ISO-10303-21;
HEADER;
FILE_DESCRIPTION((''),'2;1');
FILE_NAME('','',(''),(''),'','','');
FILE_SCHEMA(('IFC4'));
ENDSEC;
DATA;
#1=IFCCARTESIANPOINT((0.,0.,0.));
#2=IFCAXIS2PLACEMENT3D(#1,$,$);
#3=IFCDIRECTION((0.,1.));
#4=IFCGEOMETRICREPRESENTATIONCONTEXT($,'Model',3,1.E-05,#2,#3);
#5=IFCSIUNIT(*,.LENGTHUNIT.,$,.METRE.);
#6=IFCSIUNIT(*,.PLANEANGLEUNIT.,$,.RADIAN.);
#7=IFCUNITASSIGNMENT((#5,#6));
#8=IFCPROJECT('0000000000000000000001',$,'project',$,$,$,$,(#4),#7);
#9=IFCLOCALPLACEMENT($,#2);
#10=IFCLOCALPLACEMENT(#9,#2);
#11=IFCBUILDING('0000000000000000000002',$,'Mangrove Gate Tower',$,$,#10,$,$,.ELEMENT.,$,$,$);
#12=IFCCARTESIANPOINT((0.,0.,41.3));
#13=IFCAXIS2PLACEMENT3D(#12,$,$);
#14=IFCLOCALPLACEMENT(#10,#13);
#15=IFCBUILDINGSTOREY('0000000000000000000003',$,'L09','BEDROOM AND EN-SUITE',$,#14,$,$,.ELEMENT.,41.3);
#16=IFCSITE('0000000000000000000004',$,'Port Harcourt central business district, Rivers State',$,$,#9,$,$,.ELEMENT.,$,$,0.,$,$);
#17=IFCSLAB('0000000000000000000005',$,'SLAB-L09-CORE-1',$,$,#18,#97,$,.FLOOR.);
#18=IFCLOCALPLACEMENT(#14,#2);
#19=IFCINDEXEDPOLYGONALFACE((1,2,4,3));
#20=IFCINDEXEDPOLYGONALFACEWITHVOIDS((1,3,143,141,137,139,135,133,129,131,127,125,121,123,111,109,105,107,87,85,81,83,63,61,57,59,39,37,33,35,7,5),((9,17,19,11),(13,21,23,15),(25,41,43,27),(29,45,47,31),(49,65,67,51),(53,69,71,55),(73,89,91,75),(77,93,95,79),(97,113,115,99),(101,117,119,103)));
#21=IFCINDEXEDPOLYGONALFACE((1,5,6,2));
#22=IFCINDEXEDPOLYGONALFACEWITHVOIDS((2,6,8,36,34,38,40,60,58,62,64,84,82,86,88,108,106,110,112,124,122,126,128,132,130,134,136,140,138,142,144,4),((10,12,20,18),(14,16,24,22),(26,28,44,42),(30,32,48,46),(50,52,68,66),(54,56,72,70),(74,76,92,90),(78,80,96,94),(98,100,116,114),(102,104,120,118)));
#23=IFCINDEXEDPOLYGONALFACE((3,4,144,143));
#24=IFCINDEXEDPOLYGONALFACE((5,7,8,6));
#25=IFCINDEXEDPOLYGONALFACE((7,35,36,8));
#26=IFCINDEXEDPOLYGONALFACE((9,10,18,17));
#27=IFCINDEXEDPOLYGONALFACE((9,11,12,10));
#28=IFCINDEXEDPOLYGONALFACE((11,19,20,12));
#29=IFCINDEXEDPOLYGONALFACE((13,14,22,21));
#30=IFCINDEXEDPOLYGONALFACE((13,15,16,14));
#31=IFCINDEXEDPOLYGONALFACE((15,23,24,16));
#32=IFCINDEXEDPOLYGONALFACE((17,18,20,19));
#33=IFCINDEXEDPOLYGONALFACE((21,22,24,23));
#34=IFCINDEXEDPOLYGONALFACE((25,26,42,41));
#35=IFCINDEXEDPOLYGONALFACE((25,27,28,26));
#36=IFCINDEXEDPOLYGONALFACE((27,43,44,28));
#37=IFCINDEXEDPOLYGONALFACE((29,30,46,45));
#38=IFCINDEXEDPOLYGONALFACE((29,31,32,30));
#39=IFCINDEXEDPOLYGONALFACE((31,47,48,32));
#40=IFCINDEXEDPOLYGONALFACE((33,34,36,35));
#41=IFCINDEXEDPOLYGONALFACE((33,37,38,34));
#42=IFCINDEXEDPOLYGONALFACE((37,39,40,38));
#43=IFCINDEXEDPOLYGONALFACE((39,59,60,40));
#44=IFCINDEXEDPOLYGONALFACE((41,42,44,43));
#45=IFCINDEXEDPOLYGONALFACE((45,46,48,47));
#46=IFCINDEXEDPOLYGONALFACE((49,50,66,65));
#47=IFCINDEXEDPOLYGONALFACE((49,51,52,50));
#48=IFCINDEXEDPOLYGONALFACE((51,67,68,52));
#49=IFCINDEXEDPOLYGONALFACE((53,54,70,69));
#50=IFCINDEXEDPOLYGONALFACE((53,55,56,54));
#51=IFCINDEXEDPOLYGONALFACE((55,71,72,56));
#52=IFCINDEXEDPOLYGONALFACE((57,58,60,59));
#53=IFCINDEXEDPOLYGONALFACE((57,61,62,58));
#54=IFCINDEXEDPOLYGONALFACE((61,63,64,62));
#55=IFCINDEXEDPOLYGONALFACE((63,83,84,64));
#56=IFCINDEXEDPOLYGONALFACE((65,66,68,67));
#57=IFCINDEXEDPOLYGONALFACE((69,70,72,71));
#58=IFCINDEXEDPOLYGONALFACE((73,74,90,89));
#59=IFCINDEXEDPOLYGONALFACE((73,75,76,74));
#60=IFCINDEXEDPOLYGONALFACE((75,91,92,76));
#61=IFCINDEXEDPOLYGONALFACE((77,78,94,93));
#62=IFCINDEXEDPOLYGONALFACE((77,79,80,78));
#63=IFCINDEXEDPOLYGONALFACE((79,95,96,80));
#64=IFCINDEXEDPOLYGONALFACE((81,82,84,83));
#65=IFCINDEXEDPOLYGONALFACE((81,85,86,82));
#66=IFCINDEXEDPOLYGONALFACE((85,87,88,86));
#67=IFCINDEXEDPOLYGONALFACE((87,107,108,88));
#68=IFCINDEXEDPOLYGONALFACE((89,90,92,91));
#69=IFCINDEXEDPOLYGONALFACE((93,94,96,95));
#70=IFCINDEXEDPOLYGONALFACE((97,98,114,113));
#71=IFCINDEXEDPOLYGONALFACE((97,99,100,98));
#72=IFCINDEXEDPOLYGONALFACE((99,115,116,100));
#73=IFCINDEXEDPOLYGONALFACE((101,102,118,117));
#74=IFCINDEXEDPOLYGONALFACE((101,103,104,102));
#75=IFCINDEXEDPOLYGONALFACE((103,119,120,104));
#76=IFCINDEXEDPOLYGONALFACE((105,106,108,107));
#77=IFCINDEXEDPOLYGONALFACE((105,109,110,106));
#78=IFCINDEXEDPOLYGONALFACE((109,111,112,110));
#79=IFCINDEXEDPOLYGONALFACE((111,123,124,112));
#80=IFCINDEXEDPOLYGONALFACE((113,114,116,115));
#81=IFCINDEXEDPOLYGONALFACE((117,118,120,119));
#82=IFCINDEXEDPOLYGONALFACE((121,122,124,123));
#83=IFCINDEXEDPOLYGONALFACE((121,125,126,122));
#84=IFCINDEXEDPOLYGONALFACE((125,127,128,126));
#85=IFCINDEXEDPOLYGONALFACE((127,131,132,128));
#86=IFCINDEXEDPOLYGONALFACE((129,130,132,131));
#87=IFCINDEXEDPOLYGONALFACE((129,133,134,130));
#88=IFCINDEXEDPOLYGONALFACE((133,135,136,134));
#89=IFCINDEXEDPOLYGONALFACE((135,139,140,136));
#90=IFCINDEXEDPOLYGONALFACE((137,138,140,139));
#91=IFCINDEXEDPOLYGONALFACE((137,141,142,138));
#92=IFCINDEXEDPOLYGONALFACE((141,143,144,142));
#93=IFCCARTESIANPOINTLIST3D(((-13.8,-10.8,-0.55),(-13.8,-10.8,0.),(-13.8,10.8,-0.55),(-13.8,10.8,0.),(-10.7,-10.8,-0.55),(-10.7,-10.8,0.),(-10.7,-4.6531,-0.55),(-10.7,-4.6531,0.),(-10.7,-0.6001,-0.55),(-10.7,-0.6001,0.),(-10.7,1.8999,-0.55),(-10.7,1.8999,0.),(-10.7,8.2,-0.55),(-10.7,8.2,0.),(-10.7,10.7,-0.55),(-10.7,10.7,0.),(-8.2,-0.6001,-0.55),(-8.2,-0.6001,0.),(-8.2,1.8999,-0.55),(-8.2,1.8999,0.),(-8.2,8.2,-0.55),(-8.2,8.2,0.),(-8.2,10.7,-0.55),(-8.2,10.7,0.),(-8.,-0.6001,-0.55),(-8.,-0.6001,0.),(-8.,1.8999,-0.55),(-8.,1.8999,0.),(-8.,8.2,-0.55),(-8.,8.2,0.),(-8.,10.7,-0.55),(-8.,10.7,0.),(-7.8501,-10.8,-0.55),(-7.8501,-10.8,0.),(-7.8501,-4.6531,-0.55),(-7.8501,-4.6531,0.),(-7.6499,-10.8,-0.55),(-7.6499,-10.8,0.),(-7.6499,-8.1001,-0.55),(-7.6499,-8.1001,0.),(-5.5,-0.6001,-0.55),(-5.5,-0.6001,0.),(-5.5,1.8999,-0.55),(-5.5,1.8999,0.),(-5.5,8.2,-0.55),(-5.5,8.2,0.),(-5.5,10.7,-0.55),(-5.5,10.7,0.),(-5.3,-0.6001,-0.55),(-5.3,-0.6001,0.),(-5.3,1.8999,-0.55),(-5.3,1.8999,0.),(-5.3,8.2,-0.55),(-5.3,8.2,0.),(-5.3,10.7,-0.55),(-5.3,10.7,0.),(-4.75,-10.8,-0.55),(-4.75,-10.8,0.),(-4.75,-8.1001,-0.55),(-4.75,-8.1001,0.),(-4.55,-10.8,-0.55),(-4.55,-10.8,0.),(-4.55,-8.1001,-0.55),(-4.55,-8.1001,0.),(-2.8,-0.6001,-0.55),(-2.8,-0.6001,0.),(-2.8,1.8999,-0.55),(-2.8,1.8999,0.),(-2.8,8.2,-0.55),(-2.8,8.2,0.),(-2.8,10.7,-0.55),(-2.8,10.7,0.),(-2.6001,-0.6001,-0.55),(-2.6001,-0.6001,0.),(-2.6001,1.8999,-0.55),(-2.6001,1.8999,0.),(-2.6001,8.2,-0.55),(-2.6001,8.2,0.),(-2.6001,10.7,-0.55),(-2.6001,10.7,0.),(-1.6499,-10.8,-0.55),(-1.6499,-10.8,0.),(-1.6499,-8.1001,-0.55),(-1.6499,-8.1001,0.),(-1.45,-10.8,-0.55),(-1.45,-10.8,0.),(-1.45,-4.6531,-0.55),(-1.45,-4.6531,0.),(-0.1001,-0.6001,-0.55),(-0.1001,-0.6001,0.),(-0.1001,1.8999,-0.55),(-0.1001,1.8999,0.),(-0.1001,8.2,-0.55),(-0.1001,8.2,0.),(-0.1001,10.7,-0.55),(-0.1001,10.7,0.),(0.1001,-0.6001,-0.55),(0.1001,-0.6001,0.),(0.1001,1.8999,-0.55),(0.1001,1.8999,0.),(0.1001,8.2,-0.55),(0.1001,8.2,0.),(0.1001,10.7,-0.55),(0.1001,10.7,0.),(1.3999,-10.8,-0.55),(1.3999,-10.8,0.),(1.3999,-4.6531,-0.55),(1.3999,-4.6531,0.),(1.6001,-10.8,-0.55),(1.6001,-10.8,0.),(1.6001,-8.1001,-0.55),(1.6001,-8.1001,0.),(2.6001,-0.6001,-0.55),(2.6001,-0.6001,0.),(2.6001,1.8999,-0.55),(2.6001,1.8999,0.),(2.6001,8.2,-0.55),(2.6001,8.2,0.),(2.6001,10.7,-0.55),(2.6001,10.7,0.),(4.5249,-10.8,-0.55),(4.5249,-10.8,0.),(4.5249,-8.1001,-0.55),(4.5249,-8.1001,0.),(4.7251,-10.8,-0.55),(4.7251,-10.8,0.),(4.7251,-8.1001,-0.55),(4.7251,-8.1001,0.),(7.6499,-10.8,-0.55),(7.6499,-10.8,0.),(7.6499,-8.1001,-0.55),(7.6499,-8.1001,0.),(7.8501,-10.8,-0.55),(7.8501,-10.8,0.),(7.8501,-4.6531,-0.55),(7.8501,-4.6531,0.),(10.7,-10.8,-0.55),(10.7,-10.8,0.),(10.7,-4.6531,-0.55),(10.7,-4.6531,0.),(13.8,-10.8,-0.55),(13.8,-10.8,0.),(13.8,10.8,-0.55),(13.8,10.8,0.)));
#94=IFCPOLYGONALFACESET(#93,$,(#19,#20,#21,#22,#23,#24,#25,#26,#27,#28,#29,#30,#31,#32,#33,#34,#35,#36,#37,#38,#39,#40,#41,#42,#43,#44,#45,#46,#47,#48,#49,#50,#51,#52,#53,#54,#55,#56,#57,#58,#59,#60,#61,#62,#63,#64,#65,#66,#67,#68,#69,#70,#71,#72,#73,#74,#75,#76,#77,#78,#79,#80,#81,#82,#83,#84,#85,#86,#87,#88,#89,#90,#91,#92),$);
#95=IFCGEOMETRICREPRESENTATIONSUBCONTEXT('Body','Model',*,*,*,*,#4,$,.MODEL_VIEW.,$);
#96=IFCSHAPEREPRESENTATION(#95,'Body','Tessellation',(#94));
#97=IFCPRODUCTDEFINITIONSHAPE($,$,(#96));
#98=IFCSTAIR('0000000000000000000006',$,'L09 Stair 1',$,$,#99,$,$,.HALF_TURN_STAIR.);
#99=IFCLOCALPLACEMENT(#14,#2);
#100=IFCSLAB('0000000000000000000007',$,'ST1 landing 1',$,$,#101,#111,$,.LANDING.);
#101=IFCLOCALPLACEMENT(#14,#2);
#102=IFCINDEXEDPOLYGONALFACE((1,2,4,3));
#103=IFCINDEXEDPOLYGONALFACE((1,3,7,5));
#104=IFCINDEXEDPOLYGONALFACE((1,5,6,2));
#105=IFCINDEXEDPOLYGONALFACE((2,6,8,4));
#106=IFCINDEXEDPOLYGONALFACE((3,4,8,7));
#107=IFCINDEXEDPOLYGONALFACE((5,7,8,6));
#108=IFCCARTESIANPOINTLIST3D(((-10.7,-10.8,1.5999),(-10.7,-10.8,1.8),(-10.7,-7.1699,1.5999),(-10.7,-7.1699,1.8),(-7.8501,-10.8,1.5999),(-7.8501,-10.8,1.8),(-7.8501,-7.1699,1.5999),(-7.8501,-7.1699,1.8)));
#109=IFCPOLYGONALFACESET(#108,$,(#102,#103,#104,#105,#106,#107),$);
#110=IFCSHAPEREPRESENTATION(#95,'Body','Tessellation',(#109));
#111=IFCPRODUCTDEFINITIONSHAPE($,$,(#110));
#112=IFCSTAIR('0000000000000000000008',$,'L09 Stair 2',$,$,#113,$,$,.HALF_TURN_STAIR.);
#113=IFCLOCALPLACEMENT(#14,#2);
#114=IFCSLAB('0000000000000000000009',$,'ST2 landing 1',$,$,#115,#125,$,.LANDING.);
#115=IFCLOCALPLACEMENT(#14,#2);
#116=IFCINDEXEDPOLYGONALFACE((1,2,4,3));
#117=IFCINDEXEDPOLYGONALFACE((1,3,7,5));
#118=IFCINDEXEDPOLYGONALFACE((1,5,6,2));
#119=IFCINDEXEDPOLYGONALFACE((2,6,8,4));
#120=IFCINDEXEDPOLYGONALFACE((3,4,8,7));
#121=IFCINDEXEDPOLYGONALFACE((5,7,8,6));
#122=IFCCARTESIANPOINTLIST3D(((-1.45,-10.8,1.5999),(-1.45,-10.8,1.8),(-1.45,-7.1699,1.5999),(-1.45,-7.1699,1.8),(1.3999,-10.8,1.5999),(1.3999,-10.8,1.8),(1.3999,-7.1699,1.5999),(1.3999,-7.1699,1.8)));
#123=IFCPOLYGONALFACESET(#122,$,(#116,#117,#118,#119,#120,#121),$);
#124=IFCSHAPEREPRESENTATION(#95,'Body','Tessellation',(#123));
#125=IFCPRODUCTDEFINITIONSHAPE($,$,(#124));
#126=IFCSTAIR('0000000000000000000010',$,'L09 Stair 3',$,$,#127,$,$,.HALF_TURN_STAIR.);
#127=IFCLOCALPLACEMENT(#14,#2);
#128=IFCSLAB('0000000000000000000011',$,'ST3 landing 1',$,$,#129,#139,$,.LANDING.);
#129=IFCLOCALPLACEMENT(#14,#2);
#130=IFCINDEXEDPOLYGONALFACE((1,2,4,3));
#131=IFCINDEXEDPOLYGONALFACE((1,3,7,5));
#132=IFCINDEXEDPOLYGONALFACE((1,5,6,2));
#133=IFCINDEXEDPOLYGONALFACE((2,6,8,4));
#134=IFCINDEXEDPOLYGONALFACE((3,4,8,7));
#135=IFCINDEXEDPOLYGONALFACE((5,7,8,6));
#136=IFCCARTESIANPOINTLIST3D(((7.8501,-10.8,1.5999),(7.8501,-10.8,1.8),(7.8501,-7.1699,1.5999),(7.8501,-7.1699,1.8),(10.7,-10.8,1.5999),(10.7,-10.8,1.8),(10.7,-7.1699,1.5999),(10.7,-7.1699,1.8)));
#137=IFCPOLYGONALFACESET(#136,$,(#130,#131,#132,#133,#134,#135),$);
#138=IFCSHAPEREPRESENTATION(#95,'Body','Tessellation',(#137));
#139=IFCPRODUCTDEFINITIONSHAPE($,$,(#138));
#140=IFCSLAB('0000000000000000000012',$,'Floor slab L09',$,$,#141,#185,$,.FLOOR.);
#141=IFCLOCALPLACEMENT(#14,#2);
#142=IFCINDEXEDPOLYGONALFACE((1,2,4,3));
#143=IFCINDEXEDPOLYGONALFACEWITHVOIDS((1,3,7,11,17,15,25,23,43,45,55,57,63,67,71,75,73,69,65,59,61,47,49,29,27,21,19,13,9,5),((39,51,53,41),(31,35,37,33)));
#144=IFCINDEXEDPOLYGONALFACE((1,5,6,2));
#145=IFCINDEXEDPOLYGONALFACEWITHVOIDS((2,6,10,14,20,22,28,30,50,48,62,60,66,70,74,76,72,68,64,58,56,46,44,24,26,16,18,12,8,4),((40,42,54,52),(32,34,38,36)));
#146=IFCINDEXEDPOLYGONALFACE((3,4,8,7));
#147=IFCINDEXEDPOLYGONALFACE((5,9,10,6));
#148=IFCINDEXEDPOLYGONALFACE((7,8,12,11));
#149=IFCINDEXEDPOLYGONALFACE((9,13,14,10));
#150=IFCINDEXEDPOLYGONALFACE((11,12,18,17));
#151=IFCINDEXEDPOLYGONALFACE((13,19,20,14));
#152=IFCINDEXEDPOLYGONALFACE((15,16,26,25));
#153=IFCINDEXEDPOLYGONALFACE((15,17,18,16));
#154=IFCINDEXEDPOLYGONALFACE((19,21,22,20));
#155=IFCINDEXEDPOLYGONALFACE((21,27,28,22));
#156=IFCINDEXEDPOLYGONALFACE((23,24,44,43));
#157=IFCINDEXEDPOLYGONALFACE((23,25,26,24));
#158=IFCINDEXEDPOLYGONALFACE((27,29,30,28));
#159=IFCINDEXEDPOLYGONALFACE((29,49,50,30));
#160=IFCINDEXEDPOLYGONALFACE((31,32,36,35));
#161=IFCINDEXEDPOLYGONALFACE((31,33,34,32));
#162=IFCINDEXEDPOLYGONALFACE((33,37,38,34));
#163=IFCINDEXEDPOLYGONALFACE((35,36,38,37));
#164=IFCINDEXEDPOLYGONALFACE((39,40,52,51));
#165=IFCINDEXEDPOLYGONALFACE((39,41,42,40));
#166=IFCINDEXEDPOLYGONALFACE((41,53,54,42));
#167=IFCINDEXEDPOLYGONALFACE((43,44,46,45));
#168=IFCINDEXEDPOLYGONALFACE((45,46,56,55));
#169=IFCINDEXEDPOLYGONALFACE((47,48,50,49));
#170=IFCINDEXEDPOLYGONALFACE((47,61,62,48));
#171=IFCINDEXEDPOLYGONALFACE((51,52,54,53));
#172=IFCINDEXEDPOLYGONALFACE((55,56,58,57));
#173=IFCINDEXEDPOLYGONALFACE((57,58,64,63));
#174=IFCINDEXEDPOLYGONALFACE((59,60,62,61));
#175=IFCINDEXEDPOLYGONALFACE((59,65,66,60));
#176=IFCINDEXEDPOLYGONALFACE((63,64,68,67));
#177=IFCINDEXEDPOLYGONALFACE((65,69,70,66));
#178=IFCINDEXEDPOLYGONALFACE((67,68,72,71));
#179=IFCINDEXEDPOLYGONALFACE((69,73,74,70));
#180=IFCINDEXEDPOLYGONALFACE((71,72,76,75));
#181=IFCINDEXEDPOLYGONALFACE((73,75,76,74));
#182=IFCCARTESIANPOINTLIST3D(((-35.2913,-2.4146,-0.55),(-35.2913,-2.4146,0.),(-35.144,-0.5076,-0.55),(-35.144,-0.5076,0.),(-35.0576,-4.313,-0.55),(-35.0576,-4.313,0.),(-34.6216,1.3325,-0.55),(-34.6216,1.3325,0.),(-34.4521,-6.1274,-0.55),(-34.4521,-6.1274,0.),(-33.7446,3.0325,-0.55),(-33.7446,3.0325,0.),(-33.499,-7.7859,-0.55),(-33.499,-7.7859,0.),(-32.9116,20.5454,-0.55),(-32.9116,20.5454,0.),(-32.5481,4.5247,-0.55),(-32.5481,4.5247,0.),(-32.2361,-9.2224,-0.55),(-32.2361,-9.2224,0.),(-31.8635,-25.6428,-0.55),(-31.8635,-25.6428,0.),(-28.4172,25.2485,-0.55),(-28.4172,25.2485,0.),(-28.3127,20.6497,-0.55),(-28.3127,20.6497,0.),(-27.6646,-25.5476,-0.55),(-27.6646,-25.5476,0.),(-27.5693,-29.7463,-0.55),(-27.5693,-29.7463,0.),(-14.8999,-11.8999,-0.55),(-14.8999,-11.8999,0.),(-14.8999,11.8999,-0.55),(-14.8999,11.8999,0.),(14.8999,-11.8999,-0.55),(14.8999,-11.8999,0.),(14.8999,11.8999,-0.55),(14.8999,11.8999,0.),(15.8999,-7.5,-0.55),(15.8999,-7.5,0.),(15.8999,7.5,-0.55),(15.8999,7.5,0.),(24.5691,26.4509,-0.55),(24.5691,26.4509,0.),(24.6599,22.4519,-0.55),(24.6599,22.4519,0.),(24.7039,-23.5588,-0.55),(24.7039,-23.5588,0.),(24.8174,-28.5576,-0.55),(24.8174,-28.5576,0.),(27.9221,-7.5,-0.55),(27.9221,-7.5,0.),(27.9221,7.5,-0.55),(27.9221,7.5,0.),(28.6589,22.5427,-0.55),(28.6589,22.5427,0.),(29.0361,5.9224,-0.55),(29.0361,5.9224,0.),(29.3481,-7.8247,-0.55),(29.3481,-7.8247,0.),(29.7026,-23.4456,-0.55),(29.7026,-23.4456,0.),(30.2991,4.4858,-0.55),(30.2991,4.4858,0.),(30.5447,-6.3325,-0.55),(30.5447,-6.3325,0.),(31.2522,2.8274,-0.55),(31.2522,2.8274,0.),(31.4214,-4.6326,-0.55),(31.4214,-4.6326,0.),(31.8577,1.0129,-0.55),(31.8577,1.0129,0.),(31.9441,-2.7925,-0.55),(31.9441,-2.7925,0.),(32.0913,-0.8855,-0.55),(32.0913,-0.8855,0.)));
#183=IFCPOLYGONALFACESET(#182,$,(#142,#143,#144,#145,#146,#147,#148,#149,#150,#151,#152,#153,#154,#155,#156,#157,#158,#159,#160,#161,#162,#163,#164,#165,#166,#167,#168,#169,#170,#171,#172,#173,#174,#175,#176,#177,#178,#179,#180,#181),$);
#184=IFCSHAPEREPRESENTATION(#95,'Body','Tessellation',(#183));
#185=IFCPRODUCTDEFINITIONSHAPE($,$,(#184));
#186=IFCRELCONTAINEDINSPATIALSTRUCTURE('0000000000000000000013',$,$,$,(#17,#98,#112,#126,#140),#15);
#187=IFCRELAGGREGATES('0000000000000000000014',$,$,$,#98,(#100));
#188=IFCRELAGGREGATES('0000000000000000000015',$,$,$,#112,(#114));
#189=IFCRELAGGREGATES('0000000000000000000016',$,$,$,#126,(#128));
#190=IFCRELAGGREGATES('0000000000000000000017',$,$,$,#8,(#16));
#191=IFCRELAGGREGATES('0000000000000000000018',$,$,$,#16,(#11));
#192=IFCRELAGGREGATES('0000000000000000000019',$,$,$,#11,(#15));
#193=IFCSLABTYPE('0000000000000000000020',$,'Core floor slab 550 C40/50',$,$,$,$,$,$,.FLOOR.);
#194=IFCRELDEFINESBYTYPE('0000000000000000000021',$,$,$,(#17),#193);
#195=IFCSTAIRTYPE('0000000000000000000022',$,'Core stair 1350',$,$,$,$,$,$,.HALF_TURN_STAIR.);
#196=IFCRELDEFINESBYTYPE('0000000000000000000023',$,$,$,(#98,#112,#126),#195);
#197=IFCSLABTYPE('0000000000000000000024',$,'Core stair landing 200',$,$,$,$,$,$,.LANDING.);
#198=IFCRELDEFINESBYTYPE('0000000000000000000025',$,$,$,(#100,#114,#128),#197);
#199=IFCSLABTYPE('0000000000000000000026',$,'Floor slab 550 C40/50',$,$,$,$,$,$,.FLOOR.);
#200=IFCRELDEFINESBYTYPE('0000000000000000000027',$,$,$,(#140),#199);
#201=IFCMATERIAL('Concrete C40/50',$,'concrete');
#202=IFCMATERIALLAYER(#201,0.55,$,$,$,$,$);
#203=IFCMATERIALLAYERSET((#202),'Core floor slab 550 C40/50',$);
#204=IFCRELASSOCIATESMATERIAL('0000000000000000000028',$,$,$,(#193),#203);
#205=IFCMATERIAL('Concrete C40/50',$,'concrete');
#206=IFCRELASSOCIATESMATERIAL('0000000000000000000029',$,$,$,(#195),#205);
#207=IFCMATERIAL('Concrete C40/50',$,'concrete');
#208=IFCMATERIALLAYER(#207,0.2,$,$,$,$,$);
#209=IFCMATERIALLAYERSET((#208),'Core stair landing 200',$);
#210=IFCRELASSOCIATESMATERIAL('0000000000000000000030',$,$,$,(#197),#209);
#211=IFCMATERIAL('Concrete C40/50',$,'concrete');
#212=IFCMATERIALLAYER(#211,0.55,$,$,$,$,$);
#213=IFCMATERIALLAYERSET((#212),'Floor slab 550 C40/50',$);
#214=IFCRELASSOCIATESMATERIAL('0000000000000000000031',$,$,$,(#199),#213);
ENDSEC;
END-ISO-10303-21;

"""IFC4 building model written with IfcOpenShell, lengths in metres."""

from ifc_helpers import new_model, si_unit, direction, frame, origin, place, context, subcontext, project, spatial, polyline, outline, extrude, material, layer, layer_set, type_object, element, aggregate, save


model = new_model("IFC4")

# Units and contexts
model_context = context("Model", 3, precision=1e-05, world=origin(), true_north=direction((0.0, 1.0)))
body_context = subcontext(model_context, "Body", "Model", "MODEL_VIEW")
ifc_project = project(units=[si_unit("LENGTHUNIT", "METRE"), si_unit("PLANEANGLEUNIT", "RADIAN")], contexts=[model_context])

# Site, building, storey
site_placement = place(None, origin())
site = spatial("IfcSite", under=ifc_project, at=site_placement, Name="Port Harcourt central business district, Rivers State", CompositionType="ELEMENT", RefElevation=0.0)
building_placement = place(site_placement, origin())
building = spatial("IfcBuilding", under=site, at=building_placement, Name="Mangrove Gate Tower", CompositionType="ELEMENT")
storey_placement = place(building_placement, frame((0.0, 0.0, 41.3)))
storey = spatial("IfcBuildingStorey", under=building, at=storey_placement, Name="L09", Description="BEDROOM AND EN-SUITE", CompositionType="ELEMENT", Elevation=41.3)

# Slab
ifc_material_1 = material(Name="Concrete C40/50", Category="concrete")
ifc_layer_1 = layer(ifc_material_1, 0.55)
ifc_layer_set_1 = layer_set([ifc_layer_1], Name="Core floor slab 550 C40/50")
slab_type_1 = type_object("IfcSlabType", Name="Core floor slab 550 C40/50", PredefinedType="FLOOR", material=ifc_layer_set_1)
slab_1_placement = place(storey_placement, frame((0.0, 0.0, -0.55)))
element("IfcSlab", 1, at=slab_1_placement, inside=storey, type_object=slab_type_1, Name="SLAB-L09-CORE-1", PredefinedType="FLOOR", context=body_context, shape_type="SweptSolid", body=[
    extrude(outline(polyline([(-13.8, -10.8), (-13.8, 10.8), (13.8, 10.8), (13.8, -10.8), (10.7, -10.8), (10.7, -4.6531), (7.8501, -4.6531), (7.8501, -10.8), (7.6499, -10.8), (7.6499, -8.1001), (4.7251, -8.1001), (4.7251, -10.8), (4.5249, -10.8), (4.5249, -8.1001), (1.6001, -8.1001), (1.6001, -10.8), (1.3999, -10.8), (1.3999, -4.6531), (-1.45, -4.6531), (-1.45, -10.8), (-1.6499, -10.8), (-1.6499, -8.1001), (-4.55, -8.1001), (-4.55, -10.8), (-4.75, -10.8), (-4.75, -8.1001), (-7.6499, -8.1001), (-7.6499, -10.8), (-7.8501, -10.8), (-7.8501, -4.6531), (-10.7, -4.6531), (-10.7, -10.8), (-13.8, -10.8)]), holes=[polyline([(-8.2, -0.6001), (-8.2, 1.8999), (-10.7, 1.8999), (-10.7, -0.6001), (-8.2, -0.6001)]), polyline([(-5.5, -0.6001), (-5.5, 1.8999), (-8.0, 1.8999), (-8.0, -0.6001), (-5.5, -0.6001)]), polyline([(-2.8, -0.6001), (-2.8, 1.8999), (-5.3, 1.8999), (-5.3, -0.6001), (-2.8, -0.6001)]), polyline([(-8.2, 8.2), (-8.2, 10.7), (-10.7, 10.7), (-10.7, 8.2), (-8.2, 8.2)]), polyline([(-5.5, 8.2), (-5.5, 10.7), (-8.0, 10.7), (-8.0, 8.2), (-5.5, 8.2)]), polyline([(-2.8, 8.2), (-2.8, 10.7), (-5.3, 10.7), (-5.3, 8.2), (-2.8, 8.2)]), polyline([(-0.1001, -0.6001), (-0.1001, 1.8999), (-2.6001, 1.8999), (-2.6001, -0.6001), (-0.1001, -0.6001)]), polyline([(2.6001, -0.6001), (2.6001, 1.8999), (0.1001, 1.8999), (0.1001, -0.6001), (2.6001, -0.6001)]), polyline([(-2.6001, 8.2), (-0.1001, 8.2), (-0.1001, 10.7), (-2.6001, 10.7), (-2.6001, 8.2)]), polyline([(0.1001, 8.2), (2.6001, 8.2), (2.6001, 10.7), (0.1001, 10.7), (0.1001, 8.2)])]), origin(), (0.0, 0.0, 1.0), 0.55),
])

# Stairs, slabs
ifc_material_2 = material(Name="Concrete C40/50", Category="concrete")
stair_type = type_object("IfcStairType", Name="Core stair 1350", PredefinedType="HALF_TURN_STAIR", material=ifc_material_2)
stair_1_placement = place(storey_placement, origin())
stair_1 = element("IfcStair", 2, at=stair_1_placement, inside=storey, type_object=stair_type, Name="L09 Stair 1", PredefinedType="HALF_TURN_STAIR")
ifc_material_3 = material(Name="Concrete C40/50", Category="concrete")
ifc_layer_2 = layer(ifc_material_3, 0.2)
ifc_layer_set_2 = layer_set([ifc_layer_2], Name="Core stair landing 200")
slab_type_2 = type_object("IfcSlabType", Name="Core stair landing 200", PredefinedType="LANDING", material=ifc_layer_set_2)
slab_2_placement = place(storey_placement, frame((0.0, 0.0, 1.5999)))
slab_2 = element("IfcSlab", 3, at=slab_2_placement, type_object=slab_type_2, Name="ST1 landing 1", PredefinedType="LANDING", context=body_context, shape_type="SweptSolid", body=[
    extrude(outline(polyline([(-10.7, -7.1699), (-10.7, -10.8), (-7.8501, -10.8), (-7.8501, -7.1699), (-10.7, -7.1699)])), origin(), (0.0, 0.0, 1.0), 0.2002),
])
aggregate(stair_1, [slab_2])
stair_2_placement = place(storey_placement, origin())
stair_2 = element("IfcStair", 4, at=stair_2_placement, inside=storey, type_object=stair_type, Name="L09 Stair 2", PredefinedType="HALF_TURN_STAIR")
slab_3_placement = place(storey_placement, frame((0.0, 0.0, 1.5999)))
slab_3 = element("IfcSlab", 5, at=slab_3_placement, type_object=slab_type_2, Name="ST2 landing 1", PredefinedType="LANDING", context=body_context, shape_type="SweptSolid", body=[
    extrude(outline(polyline([(-1.45, -7.1699), (-1.45, -10.8), (1.3999, -10.8), (1.3999, -7.1699), (-1.45, -7.1699)])), origin(), (0.0, 0.0, 1.0), 0.2002),
])
aggregate(stair_2, [slab_3])
stair_3_placement = place(storey_placement, origin())
stair_3 = element("IfcStair", 6, at=stair_3_placement, inside=storey, type_object=stair_type, Name="L09 Stair 3", PredefinedType="HALF_TURN_STAIR")
slab_4_placement = place(storey_placement, frame((0.0, 0.0, 1.5999)))
slab_4 = element("IfcSlab", 7, at=slab_4_placement, type_object=slab_type_2, Name="ST3 landing 1", PredefinedType="LANDING", context=body_context, shape_type="SweptSolid", body=[
    extrude(outline(polyline([(7.8501, -7.1699), (7.8501, -10.8), (10.7, -10.8), (10.7, -7.1699), (7.8501, -7.1699)])), origin(), (0.0, 0.0, 1.0), 0.2002),
])
aggregate(stair_3, [slab_4])

# Slab
ifc_material_4 = material(Name="Concrete C40/50", Category="concrete")
ifc_layer_3 = layer(ifc_material_4, 0.55)
ifc_layer_set_3 = layer_set([ifc_layer_3], Name="Floor slab 550 C40/50")
slab_type_3 = type_object("IfcSlabType", Name="Floor slab 550 C40/50", PredefinedType="FLOOR", material=ifc_layer_set_3)
slab_5_placement = place(storey_placement, frame((0.0, 0.0, -0.55)))
element("IfcSlab", 8, at=slab_5_placement, inside=storey, type_object=slab_type_3, Name="Floor slab L09", PredefinedType="FLOOR", context=body_context, shape_type="SweptSolid", body=[
    extrude(outline(polyline([(-27.5693, -29.7463), (24.8174, -28.5576), (24.7039, -23.5588), (29.7026, -23.4456), (29.3481, -7.8247), (30.5447, -6.3325), (31.4214, -4.6326), (31.9441, -2.7925), (32.0913, -0.8855), (31.8577, 1.0129), (31.2522, 2.8274), (30.2991, 4.4858), (29.0361, 5.9224), (28.6589, 22.5427), (24.6599, 22.4519), (24.5691, 26.4509), (-28.4172, 25.2485), (-28.3127, 20.6497), (-32.9116, 20.5454), (-32.5481, 4.5247), (-33.7446, 3.0325), (-34.6216, 1.3325), (-35.144, -0.5076), (-35.2913, -2.4146), (-35.0576, -4.313), (-34.4521, -6.1274), (-33.499, -7.7859), (-32.2361, -9.2224), (-31.8635, -25.6428), (-27.6646, -25.5476), (-27.5693, -29.7463)]), holes=[polyline([(15.8999, 7.5), (27.9221, 7.5), (27.9221, -7.5), (15.8999, -7.5), (15.8999, 7.5)]), polyline([(-14.8999, -11.8999), (-14.8999, 11.8999), (14.8999, 11.8999), (14.8999, -11.8999), (-14.8999, -11.8999)])]), origin(), (0.0, 0.0, 1.0), 0.55),
])

save(model, "model.ifc")
